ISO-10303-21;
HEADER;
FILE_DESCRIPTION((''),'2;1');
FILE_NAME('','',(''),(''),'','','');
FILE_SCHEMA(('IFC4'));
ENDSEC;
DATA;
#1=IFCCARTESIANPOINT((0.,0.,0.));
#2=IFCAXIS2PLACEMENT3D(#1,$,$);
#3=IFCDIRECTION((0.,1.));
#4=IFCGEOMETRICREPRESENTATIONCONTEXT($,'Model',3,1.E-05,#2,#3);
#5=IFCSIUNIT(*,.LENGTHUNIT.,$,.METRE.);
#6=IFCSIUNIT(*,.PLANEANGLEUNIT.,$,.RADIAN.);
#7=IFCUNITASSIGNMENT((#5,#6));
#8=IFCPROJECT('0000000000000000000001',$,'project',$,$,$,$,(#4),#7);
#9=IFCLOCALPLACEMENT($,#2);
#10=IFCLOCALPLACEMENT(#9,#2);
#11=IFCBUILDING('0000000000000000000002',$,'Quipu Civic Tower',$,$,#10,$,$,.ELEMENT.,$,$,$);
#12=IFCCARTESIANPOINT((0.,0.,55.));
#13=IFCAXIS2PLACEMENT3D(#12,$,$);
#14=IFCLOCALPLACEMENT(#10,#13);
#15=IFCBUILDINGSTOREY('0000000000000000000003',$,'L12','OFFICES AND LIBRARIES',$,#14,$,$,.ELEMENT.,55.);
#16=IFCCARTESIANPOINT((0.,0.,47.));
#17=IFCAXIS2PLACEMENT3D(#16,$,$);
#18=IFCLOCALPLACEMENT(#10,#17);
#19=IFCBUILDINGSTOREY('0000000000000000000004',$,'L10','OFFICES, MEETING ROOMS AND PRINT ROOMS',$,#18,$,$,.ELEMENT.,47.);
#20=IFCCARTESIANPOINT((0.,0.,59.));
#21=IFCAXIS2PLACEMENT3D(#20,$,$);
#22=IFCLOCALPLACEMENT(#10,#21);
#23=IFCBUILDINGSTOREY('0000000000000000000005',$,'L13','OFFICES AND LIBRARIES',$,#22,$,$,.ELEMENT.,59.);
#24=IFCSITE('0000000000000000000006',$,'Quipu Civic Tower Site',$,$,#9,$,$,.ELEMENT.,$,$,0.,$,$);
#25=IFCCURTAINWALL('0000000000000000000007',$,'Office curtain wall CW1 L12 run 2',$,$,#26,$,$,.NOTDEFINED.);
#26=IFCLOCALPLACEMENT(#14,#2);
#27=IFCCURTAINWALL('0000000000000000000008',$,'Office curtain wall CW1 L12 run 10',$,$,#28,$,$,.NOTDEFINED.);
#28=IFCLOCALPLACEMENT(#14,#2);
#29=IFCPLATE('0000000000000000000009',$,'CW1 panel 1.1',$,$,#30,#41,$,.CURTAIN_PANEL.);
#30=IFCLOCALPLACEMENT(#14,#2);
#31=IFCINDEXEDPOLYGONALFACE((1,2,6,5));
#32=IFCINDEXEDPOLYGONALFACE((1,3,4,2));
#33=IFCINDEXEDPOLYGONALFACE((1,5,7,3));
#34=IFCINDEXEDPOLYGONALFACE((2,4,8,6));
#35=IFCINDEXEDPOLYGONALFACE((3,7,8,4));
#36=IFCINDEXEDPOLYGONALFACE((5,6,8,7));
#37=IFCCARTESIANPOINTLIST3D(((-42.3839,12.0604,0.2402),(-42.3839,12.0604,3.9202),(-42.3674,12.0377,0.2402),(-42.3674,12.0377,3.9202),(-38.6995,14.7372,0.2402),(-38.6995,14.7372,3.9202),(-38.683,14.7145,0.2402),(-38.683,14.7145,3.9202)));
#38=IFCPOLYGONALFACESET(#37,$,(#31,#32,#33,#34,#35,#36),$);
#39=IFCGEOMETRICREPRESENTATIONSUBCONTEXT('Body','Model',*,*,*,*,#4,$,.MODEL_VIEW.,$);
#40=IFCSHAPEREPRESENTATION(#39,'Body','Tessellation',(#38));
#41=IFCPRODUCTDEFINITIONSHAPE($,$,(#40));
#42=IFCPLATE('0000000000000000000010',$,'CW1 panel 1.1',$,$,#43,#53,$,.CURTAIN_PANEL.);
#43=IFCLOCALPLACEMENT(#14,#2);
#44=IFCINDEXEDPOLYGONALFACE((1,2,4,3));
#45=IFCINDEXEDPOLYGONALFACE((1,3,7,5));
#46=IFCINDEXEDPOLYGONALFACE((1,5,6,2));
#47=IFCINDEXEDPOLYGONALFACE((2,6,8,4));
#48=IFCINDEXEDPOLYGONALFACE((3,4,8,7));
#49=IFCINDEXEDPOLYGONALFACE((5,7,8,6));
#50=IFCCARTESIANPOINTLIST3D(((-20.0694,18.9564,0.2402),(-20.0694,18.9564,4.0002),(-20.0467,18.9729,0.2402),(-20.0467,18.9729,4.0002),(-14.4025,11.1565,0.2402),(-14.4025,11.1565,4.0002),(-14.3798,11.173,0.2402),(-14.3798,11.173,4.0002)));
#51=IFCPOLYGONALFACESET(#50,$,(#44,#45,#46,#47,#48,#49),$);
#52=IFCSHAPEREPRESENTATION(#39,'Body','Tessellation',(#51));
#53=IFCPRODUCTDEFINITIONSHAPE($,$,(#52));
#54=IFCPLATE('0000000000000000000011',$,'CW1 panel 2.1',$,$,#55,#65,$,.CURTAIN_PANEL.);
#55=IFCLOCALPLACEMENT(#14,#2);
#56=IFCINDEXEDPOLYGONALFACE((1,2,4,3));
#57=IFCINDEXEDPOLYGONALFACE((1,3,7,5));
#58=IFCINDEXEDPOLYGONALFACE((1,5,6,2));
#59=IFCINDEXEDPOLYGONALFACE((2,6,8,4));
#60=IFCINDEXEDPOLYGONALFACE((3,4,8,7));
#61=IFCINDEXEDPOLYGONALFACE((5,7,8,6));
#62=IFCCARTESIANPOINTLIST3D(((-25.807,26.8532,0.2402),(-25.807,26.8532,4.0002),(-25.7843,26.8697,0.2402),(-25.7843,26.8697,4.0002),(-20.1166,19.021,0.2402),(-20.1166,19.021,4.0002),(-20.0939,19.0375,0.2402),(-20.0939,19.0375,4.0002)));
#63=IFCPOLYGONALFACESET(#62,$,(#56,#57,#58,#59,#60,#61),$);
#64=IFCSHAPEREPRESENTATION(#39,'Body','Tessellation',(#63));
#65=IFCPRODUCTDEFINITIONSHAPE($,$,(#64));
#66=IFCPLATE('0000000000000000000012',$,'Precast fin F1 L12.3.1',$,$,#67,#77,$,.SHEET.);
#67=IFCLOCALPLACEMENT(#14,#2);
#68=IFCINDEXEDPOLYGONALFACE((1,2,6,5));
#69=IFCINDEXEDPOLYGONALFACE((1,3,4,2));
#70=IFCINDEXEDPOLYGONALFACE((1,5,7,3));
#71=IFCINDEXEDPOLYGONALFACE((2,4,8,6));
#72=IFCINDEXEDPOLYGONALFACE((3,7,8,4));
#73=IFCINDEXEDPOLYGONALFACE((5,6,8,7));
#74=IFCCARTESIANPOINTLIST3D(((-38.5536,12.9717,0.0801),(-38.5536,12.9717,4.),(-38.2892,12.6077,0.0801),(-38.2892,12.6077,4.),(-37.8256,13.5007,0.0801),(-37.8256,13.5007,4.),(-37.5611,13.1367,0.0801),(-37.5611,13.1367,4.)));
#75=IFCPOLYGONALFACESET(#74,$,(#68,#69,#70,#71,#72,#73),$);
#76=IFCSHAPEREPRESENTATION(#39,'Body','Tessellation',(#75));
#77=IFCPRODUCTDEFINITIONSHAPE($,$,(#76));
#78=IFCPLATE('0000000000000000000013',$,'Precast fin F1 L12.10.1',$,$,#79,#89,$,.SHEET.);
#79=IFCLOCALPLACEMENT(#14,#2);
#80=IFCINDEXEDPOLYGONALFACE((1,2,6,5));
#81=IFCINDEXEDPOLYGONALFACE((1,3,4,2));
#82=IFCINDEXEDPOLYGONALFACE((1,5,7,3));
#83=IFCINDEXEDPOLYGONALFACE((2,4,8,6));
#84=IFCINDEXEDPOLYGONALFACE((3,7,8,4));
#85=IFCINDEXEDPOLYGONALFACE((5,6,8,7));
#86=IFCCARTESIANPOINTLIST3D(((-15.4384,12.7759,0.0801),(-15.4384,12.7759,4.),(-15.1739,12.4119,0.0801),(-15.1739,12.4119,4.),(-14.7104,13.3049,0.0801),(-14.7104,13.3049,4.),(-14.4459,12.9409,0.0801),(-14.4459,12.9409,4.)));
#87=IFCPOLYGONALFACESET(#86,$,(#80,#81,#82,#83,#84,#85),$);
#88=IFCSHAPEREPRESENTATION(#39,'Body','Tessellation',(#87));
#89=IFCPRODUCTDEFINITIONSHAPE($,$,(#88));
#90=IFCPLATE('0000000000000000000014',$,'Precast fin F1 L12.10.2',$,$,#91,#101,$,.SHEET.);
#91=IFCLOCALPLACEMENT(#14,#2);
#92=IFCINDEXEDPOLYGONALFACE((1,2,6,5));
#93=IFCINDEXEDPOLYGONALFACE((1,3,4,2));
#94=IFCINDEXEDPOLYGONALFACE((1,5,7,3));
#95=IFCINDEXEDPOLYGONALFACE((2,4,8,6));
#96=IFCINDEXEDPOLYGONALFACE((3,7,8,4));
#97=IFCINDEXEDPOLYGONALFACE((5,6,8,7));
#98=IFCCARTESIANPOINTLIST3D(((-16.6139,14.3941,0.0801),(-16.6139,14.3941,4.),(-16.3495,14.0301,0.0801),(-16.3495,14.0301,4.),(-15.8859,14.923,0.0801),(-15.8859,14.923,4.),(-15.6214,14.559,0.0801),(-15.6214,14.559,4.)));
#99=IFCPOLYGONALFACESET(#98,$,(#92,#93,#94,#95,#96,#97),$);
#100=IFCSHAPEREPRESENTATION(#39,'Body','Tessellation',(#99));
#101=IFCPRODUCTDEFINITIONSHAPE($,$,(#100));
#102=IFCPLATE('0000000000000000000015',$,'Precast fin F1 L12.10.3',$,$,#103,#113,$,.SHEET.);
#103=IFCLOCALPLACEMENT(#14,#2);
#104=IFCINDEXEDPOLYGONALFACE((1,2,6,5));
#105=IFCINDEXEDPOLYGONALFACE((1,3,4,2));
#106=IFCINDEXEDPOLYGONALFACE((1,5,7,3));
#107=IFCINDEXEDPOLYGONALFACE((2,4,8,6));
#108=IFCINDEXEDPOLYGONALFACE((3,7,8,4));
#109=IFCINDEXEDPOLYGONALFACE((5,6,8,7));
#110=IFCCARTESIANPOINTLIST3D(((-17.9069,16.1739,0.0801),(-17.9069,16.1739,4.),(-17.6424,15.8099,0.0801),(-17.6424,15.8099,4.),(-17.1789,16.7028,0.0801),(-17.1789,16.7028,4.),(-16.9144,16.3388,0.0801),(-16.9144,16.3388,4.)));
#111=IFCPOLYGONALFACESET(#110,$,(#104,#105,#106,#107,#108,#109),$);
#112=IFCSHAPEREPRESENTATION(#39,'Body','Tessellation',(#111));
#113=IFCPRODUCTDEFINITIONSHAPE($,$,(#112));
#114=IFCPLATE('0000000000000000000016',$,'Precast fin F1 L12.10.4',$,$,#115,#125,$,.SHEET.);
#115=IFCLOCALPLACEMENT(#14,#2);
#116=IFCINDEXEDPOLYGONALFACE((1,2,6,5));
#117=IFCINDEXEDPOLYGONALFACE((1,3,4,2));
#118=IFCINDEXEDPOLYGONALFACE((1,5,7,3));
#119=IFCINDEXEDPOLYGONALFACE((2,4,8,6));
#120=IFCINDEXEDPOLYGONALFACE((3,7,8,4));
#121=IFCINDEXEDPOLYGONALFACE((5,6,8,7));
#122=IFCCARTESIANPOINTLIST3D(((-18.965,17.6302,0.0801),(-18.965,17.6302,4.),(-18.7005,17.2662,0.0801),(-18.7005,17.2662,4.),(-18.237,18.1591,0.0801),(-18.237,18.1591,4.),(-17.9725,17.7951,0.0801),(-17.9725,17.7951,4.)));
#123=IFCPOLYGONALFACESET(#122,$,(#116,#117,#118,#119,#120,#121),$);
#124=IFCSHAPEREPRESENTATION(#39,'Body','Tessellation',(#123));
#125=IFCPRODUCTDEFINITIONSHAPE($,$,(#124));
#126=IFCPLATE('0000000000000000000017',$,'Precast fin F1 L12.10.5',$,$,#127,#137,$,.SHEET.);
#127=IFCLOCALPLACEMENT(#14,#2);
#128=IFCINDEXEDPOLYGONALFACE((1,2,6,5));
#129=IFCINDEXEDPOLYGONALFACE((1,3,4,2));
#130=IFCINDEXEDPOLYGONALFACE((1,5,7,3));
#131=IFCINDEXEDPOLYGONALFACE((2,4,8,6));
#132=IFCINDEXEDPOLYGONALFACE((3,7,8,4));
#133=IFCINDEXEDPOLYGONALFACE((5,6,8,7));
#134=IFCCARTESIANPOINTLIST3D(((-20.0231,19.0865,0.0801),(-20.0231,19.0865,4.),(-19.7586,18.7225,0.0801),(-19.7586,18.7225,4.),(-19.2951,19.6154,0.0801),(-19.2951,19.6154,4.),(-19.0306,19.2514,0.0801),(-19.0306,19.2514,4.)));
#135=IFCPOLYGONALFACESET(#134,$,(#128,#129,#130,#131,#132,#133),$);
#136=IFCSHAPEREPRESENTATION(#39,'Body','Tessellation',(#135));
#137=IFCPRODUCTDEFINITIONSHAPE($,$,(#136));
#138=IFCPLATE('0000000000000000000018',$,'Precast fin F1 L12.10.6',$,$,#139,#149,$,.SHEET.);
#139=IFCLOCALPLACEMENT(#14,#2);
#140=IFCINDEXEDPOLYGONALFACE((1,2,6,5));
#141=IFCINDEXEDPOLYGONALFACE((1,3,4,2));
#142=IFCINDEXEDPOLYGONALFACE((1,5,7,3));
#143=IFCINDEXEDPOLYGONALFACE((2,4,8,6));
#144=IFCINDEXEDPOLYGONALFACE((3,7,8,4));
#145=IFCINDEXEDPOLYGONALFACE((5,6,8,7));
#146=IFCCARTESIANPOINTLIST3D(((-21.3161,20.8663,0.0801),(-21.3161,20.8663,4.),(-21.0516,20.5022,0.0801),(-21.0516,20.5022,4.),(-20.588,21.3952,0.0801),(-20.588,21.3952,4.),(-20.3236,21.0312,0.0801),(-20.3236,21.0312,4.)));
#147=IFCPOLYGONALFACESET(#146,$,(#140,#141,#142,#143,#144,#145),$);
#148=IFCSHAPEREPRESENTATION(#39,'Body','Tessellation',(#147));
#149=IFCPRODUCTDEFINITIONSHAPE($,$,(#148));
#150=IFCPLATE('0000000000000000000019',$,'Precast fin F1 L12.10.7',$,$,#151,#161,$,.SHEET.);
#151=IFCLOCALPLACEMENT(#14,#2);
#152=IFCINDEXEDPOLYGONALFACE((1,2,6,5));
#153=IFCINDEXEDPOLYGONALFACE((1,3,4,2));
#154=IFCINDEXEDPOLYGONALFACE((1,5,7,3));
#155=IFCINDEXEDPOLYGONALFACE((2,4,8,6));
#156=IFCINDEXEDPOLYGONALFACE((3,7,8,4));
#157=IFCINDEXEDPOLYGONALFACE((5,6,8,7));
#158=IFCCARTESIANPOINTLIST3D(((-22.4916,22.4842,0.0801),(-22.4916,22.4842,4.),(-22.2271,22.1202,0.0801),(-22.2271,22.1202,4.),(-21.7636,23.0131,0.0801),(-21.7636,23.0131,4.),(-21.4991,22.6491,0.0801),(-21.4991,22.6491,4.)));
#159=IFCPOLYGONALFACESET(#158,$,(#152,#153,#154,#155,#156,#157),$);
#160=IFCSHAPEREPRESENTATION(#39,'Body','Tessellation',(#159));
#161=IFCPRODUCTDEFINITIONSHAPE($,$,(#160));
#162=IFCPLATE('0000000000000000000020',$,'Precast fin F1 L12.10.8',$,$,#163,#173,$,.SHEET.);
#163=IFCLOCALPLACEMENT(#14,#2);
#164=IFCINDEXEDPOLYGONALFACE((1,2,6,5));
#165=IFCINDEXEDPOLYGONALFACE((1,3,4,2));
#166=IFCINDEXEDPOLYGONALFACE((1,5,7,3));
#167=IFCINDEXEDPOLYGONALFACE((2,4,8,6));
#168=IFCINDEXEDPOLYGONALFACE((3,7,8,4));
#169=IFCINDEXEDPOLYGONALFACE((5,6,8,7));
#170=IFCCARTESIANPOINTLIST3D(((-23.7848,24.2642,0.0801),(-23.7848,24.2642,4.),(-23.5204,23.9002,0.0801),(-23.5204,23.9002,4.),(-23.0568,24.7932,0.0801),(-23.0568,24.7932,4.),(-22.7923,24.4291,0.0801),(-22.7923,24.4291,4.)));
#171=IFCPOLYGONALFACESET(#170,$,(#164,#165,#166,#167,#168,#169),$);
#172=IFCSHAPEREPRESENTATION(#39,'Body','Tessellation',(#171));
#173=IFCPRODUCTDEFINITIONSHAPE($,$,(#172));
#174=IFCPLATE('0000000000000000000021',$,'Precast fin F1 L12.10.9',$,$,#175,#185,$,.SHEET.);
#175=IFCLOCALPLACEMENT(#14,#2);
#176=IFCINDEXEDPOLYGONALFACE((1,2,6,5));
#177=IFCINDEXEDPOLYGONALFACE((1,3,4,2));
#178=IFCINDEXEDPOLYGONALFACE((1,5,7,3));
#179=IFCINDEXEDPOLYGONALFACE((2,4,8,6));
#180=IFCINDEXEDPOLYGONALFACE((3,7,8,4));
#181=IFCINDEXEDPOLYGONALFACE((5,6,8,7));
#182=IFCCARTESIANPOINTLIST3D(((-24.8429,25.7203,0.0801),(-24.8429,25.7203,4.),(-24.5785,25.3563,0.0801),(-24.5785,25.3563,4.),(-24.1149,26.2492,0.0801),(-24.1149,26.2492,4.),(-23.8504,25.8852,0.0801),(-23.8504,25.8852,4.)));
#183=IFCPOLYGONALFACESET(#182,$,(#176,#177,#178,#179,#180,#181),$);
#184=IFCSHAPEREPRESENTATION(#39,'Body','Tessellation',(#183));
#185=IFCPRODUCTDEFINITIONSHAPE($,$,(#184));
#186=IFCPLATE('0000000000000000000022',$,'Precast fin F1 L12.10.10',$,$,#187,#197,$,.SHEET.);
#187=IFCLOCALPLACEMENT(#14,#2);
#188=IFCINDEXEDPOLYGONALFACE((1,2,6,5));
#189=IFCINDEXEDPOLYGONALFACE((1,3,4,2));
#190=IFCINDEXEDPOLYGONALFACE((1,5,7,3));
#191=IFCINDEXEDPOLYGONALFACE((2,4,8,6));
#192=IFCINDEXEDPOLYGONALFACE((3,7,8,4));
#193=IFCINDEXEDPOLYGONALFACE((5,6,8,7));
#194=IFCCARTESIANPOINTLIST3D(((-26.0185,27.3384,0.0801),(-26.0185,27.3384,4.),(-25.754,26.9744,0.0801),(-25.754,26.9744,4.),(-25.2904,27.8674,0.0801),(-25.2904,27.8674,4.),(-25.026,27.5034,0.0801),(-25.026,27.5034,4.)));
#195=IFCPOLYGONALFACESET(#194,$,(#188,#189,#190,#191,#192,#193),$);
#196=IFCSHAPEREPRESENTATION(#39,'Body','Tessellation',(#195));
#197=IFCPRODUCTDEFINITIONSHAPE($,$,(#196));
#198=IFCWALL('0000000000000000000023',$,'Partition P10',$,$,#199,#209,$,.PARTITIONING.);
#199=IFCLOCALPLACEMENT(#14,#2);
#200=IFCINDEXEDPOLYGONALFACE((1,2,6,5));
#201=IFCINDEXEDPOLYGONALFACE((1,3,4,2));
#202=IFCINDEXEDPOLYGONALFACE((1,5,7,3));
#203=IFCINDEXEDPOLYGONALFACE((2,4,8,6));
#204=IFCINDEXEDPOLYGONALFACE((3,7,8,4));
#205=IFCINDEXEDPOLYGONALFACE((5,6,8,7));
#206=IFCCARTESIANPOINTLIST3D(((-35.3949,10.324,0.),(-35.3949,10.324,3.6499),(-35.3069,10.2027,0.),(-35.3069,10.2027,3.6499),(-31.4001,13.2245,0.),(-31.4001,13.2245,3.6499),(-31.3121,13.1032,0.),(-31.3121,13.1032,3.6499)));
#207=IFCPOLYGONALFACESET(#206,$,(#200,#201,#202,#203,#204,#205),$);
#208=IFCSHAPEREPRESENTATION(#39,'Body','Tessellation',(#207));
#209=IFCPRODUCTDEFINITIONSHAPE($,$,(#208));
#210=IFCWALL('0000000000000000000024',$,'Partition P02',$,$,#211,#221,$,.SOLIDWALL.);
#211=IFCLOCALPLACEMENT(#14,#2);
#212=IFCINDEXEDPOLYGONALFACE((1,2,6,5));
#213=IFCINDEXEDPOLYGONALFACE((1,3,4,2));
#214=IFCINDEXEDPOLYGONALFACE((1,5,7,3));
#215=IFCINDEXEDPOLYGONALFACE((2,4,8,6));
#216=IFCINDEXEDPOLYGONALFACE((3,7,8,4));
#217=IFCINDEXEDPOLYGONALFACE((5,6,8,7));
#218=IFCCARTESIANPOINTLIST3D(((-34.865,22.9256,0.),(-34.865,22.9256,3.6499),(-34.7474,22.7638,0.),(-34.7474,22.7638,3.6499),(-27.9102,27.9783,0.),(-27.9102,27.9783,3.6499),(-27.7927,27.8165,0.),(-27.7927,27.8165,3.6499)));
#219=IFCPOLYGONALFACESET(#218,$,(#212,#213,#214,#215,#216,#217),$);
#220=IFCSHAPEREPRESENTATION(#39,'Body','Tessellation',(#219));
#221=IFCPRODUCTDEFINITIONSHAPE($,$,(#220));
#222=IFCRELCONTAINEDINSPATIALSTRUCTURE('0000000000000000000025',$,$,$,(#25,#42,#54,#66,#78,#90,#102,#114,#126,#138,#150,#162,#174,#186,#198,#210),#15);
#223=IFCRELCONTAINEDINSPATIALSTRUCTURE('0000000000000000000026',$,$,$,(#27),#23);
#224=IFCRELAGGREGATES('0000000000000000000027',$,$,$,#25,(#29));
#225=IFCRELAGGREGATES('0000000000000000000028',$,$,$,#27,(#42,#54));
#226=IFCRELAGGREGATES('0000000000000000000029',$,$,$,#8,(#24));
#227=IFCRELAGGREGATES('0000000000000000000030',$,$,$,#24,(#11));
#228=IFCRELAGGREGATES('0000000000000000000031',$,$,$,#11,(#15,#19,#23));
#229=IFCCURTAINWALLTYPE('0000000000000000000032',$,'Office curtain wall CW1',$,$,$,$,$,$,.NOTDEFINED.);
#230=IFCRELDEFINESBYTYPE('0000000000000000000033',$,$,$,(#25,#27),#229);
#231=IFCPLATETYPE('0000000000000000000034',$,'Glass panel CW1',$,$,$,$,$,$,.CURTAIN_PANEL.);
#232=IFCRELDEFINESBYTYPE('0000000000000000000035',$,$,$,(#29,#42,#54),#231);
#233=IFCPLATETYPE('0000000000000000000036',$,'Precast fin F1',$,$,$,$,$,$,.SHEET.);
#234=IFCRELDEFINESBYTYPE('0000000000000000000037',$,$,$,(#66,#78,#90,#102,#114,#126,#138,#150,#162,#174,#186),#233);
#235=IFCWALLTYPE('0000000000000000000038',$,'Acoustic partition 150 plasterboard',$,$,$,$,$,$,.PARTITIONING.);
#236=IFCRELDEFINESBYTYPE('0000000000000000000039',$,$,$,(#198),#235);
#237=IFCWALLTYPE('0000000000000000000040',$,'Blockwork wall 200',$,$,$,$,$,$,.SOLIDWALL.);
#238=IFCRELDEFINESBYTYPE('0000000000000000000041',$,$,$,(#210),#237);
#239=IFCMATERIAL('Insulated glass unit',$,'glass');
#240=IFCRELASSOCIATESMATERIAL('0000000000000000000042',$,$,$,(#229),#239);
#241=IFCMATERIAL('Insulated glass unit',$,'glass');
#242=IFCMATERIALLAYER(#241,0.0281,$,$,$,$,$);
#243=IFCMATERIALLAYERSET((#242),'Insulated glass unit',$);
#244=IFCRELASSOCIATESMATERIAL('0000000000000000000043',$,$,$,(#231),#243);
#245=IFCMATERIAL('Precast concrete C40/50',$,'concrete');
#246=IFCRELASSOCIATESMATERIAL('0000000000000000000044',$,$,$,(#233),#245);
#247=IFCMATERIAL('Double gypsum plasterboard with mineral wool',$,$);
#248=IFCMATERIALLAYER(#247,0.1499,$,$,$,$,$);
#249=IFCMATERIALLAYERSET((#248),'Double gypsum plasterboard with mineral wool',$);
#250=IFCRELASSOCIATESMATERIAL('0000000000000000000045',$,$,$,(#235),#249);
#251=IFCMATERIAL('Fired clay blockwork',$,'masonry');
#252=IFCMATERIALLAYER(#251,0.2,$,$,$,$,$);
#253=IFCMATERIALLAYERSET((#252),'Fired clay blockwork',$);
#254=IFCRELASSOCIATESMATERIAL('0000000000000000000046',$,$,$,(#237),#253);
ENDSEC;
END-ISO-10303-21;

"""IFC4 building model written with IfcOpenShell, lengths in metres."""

from ifc_helpers import new_model, si_unit, direction, frame, frame_2d, origin, origin_2d, place, context, subcontext, project, spatial, rectangle, extrude, material, layer, layer_set, type_object, element, aggregate, save


model = new_model("IFC4")

# Units and contexts
model_context = context("Model", 3, precision=1e-05, world=origin(), true_north=direction((0.0, 1.0)))
body_context = subcontext(model_context, "Body", "Model", "MODEL_VIEW")
ifc_project = project(units=[si_unit("LENGTHUNIT", "METRE"), si_unit("PLANEANGLEUNIT", "RADIAN")], contexts=[model_context])

# Site, building, storey
site_placement = place(None, origin())
site = spatial("IfcSite", under=ifc_project, at=site_placement, Name="Quipu Civic Tower Site", CompositionType="ELEMENT", RefElevation=0.0)
building_placement = place(site_placement, origin())
building = spatial("IfcBuilding", under=site, at=building_placement, Name="Quipu Civic Tower", CompositionType="ELEMENT")
storey_1_placement = place(building_placement, frame((0.0, 0.0, 55.0)))
storey_1 = spatial("IfcBuildingStorey", under=building, at=storey_1_placement, Name="L12", Description="OFFICES AND LIBRARIES", CompositionType="ELEMENT", Elevation=55.0)

# Curtain wall
ifc_material_1 = material(Name="Insulated glass unit", Category="glass")
curtain_wall_type = type_object("IfcCurtainWallType", Name="Office curtain wall CW1", PredefinedType="NOTDEFINED", material=ifc_material_1)
curtain_wall_1_placement = place(storey_1_placement, origin())
curtain_wall_1 = element("IfcCurtainWall", 1, at=curtain_wall_1_placement, inside=storey_1, type_object=curtain_wall_type, Name="Office curtain wall CW1 L12 run 2", PredefinedType="NOTDEFINED")

# Shared definitions
storey_2_placement = place(building_placement, frame((0.0, 0.0, 47.0)))
storey_2 = spatial("IfcBuildingStorey", under=building, at=storey_2_placement, Name="L10", Description="OFFICES, MEETING ROOMS AND PRINT ROOMS", CompositionType="ELEMENT", Elevation=47.0)

# Shared definitions
storey_3_placement = place(building_placement, frame((0.0, 0.0, 59.0)))
storey_3 = spatial("IfcBuildingStorey", under=building, at=storey_3_placement, Name="L13", Description="OFFICES AND LIBRARIES", CompositionType="ELEMENT", Elevation=59.0)

# Curtain wall
curtain_wall_2_placement = place(storey_3_placement, origin())
curtain_wall_2 = element("IfcCurtainWall", 2, at=curtain_wall_2_placement, inside=storey_3, type_object=curtain_wall_type, Name="Office curtain wall CW1 L12 run 10", PredefinedType="NOTDEFINED")

# Plates
ifc_material_2 = material(Name="Insulated glass unit", Category="glass")
ifc_layer_1 = layer(ifc_material_2, 0.0281)
ifc_layer_set_1 = layer_set([ifc_layer_1], Name="Insulated glass unit")
plate_type_1 = type_object("IfcPlateType", Name="Glass panel CW1", PredefinedType="CURTAIN_PANEL", material=ifc_layer_set_1)
plate_1_placement = place(storey_1_placement, frame((-40.5334, 13.3875, 0.2402), z_axis=(0.0, 0.0, 1.0), x_axis=(0.809023, 0.587777, 0.0)))
plate_1 = element("IfcPlate", 3, at=plate_1_placement, type_object=plate_type_1, Name="CW1 panel 1.1", PredefinedType="CURTAIN_PANEL", context=body_context, shape_type="SweptSolid", body=[
    extrude(rectangle(XDim=4.5542, YDim=0.0281, at=origin_2d()), origin(), (0.0, 0.0, 1.0), 3.6799),
])
aggregate(curtain_wall_1, [plate_1])
plate_2_placement = place(storey_1_placement, frame((-17.2246, 15.0647, 0.2402), z_axis=(0.0, 0.0, 1.0), x_axis=(-0.587786, 0.809017, 0.0)))
plate_2 = element("IfcPlate", 4, at=plate_2_placement, inside=storey_1, type_object=plate_type_1, Name="CW1 panel 1.1", PredefinedType="CURTAIN_PANEL", context=body_context, shape_type="SweptSolid", body=[
    extrude(rectangle(XDim=9.6411, YDim=0.0281, at=origin_2d()), origin(), (0.0, 0.0, 1.0), 3.76),
])
plate_3_placement = place(storey_1_placement, frame((-22.9504, 22.9453, 0.2402), z_axis=(0.0, 0.0, 1.0), x_axis=(-0.587786, 0.809017, 0.0)))
plate_3 = element("IfcPlate", 5, at=plate_3_placement, inside=storey_1, type_object=plate_type_1, Name="CW1 panel 2.1", PredefinedType="CURTAIN_PANEL", context=body_context, shape_type="SweptSolid", body=[
    extrude(rectangle(XDim=9.6812, YDim=0.0281, at=origin_2d()), origin(), (0.0, 0.0, 1.0), 3.76),
])
aggregate(curtain_wall_2, [plate_2, plate_3])

# Plates
ifc_material_3 = material(Name="Precast concrete C40/50", Category="concrete")
plate_type_2 = type_object("IfcPlateType", Name="Precast fin F1", PredefinedType="SHEET", material=ifc_material_3)
for number, where, z_axis, x_axis, name in (
    (6, (-38.0574, 13.0542, 0.0801), (0.0, 0.0, 1.0), (0.587787, -0.809016, 0.0), "Precast fin F1 L12.3.1"),
    (7, (-14.9421, 12.8584, 0.0801), (0.0, 0.0, 1.0), (-0.587785, 0.809017, 0.0), "Precast fin F1 L12.10.1"),
    (8, (-16.1177, 14.4766, 0.0801), (0.0, 0.0, 1.0), (-0.587785, 0.809017, 0.0), "Precast fin F1 L12.10.2"),
    (9, (-17.4106, 16.2563, 0.0801), (0.0, 0.0, 1.0), (-0.587785, 0.809017, 0.0), "Precast fin F1 L12.10.3"),
    (10, (-18.4688, 17.7126, 0.0801), (0.0, 0.0, 1.0), (-0.587785, 0.809017, 0.0), "Precast fin F1 L12.10.4"),
    (11, (-19.5269, 19.1689, 0.0801), (0.0, 0.0, 1.0), (-0.587785, 0.809017, 0.0), "Precast fin F1 L12.10.5"),
    (12, (-20.8198, 20.9487, 0.0801), (0.0, 0.0, 1.0), (-0.587785, 0.809017, 0.0), "Precast fin F1 L12.10.6"),
    (13, (-21.9954, 22.5667, 0.0801), (0.0, 0.0, 1.0), (-0.587785, 0.809017, 0.0), "Precast fin F1 L12.10.7"),
    (14, (-23.2886, 24.3467, 0.0801), (0.0, 0.0, 1.0), (-0.587785, 0.809017, 0.0), "Precast fin F1 L12.10.8"),
    (15, (-24.3467, 25.8027, 0.0801), (0.0, 0.0, 1.0), (-0.587785, 0.809017, 0.0), "Precast fin F1 L12.10.9"),
    (16, (-25.5222, 27.4209, 0.0801), (0.0, 0.0, 1.0), (-0.587785, 0.809017, 0.0), "Precast fin F1 L12.10.10"),
):
    element("IfcPlate", number, at=place(storey_1_placement, frame(where, z_axis=z_axis, x_axis=x_axis)), inside=storey_1, type_object=plate_type_2, Name=name, PredefinedType="SHEET", context=body_context, shape_type="SweptSolid", body=[
        extrude(rectangle(XDim=0.45, YDim=0.8999, at=origin_2d()), origin(), (0.0, 0.0, 1.0), 3.9199),
    ])

# Walls
ifc_material_4 = material(Name="Double gypsum plasterboard with mineral wool")
ifc_layer_2 = layer(ifc_material_4, 0.1499)
ifc_layer_set_2 = layer_set([ifc_layer_2], Name="Double gypsum plasterboard with mineral wool")
wall_type_1 = type_object("IfcWallType", Name="Acoustic partition 150 plasterboard", PredefinedType="PARTITIONING", material=ifc_layer_set_2)
wall_1_placement = place(storey_1_placement, frame((-31.3562, 13.1638, 0.0), z_axis=(0.0, 0.0, 1.0), x_axis=(-0.809191, -0.587545, 0.0)))
element("IfcWall", 17, at=wall_1_placement, inside=storey_1, type_object=wall_type_1, Name="Partition P10", PredefinedType="PARTITIONING", context=body_context, shape_type="SweptSolid", body=[
    extrude(rectangle(XDim=4.9368, YDim=0.1499, at=frame_2d((2.4683, 0.0))), origin(), (0.0, 0.0, 1.0), 3.6499),
])
ifc_material_5 = material(Name="Fired clay blockwork", Category="masonry")
ifc_layer_3 = layer(ifc_material_5, 0.2)
ifc_layer_set_3 = layer_set([ifc_layer_3], Name="Fired clay blockwork")
wall_type_2 = type_object("IfcWallType", Name="Blockwork wall 200", PredefinedType="SOLIDWALL", material=ifc_layer_set_3)
wall_2_placement = place(storey_1_placement, frame((-27.8513, 27.8975, 0.0), z_axis=(0.0, 0.0, 1.0), x_axis=(-0.809031, -0.587766, 0.0)))
element("IfcWall", 18, at=wall_2_placement, inside=storey_1, type_object=wall_type_2, Name="Partition P02", PredefinedType="SOLIDWALL", context=body_context, shape_type="SweptSolid", body=[
    extrude(rectangle(XDim=8.5964, YDim=0.2, at=frame_2d((4.2983, 0.0))), origin(), (0.0, 0.0, 1.0), 3.6499),
])

save(model, "model.ifc")
